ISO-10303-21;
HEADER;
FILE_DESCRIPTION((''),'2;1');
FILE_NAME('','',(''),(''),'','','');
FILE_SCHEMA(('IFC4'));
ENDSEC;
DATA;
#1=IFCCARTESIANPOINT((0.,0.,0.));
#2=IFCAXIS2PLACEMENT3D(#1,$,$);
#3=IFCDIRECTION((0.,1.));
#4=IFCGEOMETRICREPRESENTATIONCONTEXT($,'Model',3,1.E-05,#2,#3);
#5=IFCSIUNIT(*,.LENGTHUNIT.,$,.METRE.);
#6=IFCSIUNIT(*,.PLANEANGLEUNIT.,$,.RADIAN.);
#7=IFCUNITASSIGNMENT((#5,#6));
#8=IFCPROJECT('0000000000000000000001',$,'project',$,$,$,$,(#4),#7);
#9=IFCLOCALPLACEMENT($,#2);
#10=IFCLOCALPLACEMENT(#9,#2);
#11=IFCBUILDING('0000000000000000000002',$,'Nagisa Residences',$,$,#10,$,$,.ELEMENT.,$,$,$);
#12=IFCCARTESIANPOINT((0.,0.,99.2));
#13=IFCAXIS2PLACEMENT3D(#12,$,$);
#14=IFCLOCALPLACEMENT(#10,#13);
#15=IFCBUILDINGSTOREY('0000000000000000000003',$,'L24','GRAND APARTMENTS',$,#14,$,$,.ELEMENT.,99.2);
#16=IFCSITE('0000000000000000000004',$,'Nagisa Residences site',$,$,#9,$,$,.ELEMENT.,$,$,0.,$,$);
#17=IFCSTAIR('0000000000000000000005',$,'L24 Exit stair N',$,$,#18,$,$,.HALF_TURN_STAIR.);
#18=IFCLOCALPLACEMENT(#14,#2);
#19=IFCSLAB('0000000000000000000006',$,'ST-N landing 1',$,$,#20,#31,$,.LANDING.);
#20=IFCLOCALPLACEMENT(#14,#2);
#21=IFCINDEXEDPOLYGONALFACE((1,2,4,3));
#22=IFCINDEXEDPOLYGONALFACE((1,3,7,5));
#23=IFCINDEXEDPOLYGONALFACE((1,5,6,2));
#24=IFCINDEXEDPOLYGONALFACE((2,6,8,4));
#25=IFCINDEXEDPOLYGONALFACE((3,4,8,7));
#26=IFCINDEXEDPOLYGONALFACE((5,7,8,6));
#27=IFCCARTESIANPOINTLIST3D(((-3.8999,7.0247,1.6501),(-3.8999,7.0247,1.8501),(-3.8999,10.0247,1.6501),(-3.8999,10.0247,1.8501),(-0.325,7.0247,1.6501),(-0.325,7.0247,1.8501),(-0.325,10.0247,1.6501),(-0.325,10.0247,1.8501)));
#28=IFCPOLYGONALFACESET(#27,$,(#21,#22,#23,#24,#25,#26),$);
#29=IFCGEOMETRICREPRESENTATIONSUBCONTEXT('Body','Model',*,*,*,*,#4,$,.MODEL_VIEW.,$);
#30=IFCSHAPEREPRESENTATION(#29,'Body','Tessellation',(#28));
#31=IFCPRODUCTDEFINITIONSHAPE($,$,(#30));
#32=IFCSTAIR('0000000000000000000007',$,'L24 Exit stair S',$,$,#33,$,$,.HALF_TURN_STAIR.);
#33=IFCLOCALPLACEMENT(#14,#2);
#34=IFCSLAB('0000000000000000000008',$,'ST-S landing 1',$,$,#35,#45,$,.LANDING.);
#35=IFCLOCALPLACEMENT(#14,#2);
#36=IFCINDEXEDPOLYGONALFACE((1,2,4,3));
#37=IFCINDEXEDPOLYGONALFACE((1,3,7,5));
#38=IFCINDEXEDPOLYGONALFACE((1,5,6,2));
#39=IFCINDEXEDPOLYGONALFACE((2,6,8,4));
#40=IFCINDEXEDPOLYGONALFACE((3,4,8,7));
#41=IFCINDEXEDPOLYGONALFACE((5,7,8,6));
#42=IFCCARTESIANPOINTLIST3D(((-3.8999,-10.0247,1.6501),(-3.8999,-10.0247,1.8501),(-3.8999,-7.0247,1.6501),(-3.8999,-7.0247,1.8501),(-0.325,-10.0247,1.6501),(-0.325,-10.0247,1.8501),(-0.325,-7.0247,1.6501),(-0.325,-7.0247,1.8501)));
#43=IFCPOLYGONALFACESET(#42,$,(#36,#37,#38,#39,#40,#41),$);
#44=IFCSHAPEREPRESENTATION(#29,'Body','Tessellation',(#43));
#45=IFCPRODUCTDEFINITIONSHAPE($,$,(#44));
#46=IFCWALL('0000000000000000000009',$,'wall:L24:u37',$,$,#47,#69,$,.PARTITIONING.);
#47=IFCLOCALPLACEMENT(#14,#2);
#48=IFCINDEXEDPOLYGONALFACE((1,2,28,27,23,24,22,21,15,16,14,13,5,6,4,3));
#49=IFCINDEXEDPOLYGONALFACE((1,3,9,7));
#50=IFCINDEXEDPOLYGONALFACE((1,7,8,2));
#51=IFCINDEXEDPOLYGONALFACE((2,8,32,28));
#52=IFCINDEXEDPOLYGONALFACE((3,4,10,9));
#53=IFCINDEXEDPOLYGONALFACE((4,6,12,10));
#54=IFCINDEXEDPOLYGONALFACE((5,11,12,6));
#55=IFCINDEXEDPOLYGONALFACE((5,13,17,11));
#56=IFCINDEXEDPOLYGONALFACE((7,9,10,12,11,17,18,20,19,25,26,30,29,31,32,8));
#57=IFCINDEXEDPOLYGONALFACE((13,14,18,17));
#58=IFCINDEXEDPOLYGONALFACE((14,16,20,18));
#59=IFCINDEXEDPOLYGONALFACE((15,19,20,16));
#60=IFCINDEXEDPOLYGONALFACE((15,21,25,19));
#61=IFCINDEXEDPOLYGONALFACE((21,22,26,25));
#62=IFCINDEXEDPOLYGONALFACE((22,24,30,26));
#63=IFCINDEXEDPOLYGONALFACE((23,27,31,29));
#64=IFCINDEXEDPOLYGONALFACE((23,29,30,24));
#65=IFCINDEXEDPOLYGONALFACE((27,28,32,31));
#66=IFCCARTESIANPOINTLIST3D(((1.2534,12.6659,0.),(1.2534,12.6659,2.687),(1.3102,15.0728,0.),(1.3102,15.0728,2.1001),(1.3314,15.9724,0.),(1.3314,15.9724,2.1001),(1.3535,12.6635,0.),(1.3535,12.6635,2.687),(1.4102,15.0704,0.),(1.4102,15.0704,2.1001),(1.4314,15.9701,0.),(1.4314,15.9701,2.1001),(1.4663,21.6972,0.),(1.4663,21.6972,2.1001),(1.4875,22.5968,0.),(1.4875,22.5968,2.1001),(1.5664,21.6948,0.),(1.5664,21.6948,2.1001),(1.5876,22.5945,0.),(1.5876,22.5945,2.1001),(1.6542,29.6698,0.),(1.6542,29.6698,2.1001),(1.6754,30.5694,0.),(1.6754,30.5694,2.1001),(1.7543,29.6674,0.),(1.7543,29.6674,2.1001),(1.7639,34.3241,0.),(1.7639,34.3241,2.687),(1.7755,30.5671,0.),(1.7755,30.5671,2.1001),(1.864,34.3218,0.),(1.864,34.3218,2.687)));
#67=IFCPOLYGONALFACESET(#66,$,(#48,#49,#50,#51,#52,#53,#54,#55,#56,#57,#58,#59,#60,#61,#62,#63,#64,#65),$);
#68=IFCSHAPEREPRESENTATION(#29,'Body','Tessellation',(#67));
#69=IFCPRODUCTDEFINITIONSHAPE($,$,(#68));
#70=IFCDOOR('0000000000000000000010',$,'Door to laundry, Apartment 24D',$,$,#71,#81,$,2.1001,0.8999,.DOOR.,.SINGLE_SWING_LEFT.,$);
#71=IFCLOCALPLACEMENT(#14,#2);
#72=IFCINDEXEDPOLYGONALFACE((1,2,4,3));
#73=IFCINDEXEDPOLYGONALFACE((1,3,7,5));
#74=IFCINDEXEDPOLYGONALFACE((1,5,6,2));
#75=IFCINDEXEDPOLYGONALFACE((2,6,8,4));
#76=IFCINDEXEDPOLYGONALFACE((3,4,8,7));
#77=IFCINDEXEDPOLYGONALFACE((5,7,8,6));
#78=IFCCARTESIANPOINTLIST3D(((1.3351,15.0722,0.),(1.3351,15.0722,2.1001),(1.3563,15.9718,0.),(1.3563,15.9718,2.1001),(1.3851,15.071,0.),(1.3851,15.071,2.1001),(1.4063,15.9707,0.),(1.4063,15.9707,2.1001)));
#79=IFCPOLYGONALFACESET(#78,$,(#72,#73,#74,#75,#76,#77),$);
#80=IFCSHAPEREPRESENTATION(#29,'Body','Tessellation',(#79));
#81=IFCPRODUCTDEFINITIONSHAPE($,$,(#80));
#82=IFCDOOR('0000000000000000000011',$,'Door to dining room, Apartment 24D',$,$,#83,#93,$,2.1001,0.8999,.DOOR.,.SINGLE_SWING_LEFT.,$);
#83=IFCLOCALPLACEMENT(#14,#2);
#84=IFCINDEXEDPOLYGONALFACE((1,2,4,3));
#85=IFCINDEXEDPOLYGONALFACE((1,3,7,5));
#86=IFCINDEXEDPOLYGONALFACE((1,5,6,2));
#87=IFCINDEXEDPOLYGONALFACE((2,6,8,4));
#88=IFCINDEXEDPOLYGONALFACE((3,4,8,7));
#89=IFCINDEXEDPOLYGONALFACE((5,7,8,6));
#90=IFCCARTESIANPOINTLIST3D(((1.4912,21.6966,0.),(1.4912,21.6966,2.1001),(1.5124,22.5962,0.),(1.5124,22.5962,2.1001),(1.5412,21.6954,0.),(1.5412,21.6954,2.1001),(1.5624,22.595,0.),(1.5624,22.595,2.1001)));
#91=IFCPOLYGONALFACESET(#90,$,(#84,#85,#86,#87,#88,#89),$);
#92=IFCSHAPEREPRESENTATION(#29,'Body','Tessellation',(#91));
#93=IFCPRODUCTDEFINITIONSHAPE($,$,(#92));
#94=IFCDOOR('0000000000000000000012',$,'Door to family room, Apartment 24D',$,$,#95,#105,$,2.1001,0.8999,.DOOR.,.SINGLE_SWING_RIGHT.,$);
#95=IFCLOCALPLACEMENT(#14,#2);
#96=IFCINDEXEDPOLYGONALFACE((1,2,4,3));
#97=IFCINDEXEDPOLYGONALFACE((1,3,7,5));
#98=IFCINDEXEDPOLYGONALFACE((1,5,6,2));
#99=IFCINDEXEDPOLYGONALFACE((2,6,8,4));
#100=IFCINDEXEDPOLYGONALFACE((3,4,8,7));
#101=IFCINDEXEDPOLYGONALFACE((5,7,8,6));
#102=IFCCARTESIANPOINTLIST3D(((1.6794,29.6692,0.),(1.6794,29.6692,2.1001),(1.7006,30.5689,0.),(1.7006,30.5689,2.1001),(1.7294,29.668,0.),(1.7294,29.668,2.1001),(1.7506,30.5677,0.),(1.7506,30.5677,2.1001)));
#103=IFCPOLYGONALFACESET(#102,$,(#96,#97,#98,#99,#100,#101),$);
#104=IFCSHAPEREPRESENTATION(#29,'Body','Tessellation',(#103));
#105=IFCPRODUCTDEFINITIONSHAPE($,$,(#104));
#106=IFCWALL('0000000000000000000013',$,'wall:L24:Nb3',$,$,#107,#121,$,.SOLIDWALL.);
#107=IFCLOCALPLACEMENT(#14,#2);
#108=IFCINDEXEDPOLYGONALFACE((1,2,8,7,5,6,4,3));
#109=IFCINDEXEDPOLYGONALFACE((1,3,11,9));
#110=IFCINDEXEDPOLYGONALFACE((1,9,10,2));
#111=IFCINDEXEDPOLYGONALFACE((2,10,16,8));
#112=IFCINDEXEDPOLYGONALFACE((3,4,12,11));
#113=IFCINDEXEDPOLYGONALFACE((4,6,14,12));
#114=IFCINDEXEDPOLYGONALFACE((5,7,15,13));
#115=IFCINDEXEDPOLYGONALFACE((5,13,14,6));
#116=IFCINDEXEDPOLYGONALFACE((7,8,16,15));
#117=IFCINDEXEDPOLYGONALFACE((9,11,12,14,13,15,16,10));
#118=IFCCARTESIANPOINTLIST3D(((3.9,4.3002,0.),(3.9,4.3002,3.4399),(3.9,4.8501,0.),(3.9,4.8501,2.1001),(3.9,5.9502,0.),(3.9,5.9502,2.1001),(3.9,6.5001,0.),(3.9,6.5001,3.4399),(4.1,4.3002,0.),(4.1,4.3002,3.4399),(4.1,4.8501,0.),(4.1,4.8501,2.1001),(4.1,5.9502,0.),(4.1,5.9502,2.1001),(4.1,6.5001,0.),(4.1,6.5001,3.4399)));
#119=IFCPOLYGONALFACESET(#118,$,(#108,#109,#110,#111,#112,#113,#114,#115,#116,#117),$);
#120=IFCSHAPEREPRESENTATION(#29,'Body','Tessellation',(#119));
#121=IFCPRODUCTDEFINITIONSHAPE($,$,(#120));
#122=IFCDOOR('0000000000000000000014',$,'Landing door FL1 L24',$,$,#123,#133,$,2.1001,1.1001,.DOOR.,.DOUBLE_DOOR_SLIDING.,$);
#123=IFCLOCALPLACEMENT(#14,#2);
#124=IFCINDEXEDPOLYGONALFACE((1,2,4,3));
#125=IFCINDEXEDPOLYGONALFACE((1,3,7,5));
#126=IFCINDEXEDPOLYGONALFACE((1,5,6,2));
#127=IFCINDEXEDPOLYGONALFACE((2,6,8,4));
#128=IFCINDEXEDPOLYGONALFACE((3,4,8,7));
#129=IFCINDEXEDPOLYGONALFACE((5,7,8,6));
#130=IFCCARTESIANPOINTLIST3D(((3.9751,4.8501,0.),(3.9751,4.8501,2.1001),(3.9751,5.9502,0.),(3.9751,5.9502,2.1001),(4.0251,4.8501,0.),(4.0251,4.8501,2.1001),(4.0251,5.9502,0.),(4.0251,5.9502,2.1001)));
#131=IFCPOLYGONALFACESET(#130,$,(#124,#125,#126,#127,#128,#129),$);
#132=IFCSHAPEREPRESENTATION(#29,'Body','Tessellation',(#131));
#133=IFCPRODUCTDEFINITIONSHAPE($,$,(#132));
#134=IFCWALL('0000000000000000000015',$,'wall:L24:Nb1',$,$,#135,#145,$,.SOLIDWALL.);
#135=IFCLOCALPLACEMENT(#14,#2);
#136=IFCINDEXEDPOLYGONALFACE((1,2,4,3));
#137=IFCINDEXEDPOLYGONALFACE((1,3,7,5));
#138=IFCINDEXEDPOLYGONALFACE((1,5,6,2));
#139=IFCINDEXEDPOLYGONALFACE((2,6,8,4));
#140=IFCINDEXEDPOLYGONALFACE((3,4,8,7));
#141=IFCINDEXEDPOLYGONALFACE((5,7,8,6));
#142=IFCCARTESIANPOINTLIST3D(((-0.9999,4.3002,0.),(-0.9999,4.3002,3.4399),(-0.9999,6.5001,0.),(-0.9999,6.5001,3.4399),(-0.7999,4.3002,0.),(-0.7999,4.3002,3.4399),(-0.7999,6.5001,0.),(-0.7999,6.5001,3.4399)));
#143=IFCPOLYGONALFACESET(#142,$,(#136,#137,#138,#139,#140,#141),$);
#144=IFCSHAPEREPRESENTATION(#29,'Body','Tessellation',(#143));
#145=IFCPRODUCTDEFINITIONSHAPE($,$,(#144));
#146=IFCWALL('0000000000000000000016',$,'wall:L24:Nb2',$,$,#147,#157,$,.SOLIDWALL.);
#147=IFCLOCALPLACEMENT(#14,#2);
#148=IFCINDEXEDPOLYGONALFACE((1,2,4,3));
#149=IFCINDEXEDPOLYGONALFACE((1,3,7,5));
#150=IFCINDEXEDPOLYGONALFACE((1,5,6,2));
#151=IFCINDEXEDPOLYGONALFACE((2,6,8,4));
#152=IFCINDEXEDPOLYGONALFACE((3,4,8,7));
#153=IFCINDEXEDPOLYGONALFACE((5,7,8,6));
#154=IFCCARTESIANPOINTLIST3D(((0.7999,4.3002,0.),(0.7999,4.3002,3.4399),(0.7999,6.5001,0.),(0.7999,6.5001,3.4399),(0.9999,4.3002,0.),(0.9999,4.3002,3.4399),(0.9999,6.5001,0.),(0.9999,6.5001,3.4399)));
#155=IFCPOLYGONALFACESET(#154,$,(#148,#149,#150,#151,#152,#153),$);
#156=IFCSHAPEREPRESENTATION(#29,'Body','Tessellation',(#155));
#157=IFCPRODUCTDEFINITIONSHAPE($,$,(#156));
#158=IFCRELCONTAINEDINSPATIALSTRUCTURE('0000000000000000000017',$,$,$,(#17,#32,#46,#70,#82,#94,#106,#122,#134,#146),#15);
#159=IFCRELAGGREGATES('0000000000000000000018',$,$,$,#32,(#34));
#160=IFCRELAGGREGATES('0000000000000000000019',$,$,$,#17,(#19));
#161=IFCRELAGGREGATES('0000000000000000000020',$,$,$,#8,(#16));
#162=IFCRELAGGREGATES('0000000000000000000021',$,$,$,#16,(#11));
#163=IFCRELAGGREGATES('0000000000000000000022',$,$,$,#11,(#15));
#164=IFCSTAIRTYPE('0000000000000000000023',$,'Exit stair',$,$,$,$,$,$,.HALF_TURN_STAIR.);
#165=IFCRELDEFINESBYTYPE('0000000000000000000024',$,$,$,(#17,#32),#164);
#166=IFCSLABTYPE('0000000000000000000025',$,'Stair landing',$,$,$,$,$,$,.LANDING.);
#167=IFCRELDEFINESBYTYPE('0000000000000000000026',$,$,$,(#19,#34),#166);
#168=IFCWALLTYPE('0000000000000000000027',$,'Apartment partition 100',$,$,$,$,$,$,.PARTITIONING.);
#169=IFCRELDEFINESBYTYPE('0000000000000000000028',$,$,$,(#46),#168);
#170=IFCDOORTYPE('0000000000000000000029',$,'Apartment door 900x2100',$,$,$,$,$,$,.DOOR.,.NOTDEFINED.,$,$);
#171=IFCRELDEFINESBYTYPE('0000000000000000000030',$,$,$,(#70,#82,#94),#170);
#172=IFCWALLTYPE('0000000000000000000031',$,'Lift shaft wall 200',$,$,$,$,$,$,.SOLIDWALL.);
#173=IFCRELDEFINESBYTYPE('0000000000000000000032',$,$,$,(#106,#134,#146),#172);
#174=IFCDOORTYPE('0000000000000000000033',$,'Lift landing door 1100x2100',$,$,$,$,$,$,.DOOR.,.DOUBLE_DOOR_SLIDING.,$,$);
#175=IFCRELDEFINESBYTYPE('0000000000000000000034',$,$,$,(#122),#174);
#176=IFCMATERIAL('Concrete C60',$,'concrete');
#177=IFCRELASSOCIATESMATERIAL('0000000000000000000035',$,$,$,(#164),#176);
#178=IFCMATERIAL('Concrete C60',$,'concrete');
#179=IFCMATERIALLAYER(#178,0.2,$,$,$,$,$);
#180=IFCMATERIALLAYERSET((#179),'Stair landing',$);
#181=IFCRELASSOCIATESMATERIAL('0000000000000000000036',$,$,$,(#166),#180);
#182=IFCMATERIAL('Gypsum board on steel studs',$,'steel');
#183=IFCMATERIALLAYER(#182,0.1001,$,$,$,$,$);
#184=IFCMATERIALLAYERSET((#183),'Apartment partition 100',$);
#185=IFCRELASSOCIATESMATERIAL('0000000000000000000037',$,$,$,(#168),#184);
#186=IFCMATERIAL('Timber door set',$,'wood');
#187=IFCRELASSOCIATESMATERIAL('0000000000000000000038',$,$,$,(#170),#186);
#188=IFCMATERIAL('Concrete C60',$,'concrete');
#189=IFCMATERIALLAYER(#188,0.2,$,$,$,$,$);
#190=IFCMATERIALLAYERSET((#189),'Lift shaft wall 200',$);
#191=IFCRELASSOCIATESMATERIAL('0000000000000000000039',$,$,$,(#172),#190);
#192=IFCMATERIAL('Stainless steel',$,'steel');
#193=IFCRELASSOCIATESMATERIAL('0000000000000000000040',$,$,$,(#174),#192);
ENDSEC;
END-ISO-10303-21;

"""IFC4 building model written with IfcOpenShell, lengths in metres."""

from ifc_helpers import new_model, si_unit, direction, frame, frame_2d, origin, place, context, subcontext, project, spatial, polyline, rectangle, outline, extrude, material, layer, layer_set, type_object, element, fill, aggregate, save


model = new_model("IFC4")

# Units and contexts
model_context = context("Model", 3, precision=1e-05, world=origin(), true_north=direction((0.0, 1.0)))
body_context = subcontext(model_context, "Body", "Model", "MODEL_VIEW")
ifc_project = project(units=[si_unit("LENGTHUNIT", "METRE"), si_unit("PLANEANGLEUNIT", "RADIAN")], contexts=[model_context])

# Site, building, storey
site_placement = place(None, origin())
site = spatial("IfcSite", under=ifc_project, at=site_placement, Name="Nagisa Residences site", CompositionType="ELEMENT", RefElevation=0.0)
building_placement = place(site_placement, origin())
building = spatial("IfcBuilding", under=site, at=building_placement, Name="Nagisa Residences", CompositionType="ELEMENT")
storey_placement = place(building_placement, frame((0.0, 0.0, 99.2)))
storey = spatial("IfcBuildingStorey", under=building, at=storey_placement, Name="L24", Description="GRAND APARTMENTS", CompositionType="ELEMENT", Elevation=99.2)

# Stairs, slabs
ifc_material_1 = material(Name="Concrete C60", Category="concrete")
stair_type = type_object("IfcStairType", Name="Exit stair", PredefinedType="HALF_TURN_STAIR", material=ifc_material_1)
stair_1_placement = place(storey_placement, origin())
stair_1 = element("IfcStair", 1, at=stair_1_placement, inside=storey, type_object=stair_type, Name="L24 Exit stair N", PredefinedType="HALF_TURN_STAIR")
ifc_material_2 = material(Name="Concrete C60", Category="concrete")
ifc_layer_1 = layer(ifc_material_2, 0.2)
ifc_layer_set_1 = layer_set([ifc_layer_1], Name="Stair landing")
slab_type = type_object("IfcSlabType", Name="Stair landing", PredefinedType="LANDING", material=ifc_layer_set_1)
slab_1_placement = place(storey_placement, frame((0.0, 0.0, 1.6501)))
slab_1 = element("IfcSlab", 2, at=slab_1_placement, type_object=slab_type, Name="ST-N landing 1", PredefinedType="LANDING", context=body_context, shape_type="SweptSolid", body=[
    extrude(outline(polyline([(-0.325, 10.0247), (-3.8999, 10.0247), (-3.8999, 7.0247), (-0.325, 7.0247), (-0.325, 10.0247)])), origin(), (0.0, 0.0, 1.0), 0.2),
])
stair_2_placement = place(storey_placement, origin())
stair_2 = element("IfcStair", 3, at=stair_2_placement, inside=storey, type_object=stair_type, Name="L24 Exit stair S", PredefinedType="HALF_TURN_STAIR")
slab_2_placement = place(storey_placement, frame((0.0, 0.0, 1.6501)))
slab_2 = element("IfcSlab", 4, at=slab_2_placement, type_object=slab_type, Name="ST-S landing 1", PredefinedType="LANDING", context=body_context, shape_type="SweptSolid", body=[
    extrude(outline(polyline([(-0.325, -7.0247), (-3.8999, -7.0247), (-3.8999, -10.0247), (-0.325, -10.0247), (-0.325, -7.0247)])), origin(), (0.0, 0.0, 1.0), 0.2),
])
aggregate(stair_2, [slab_2])

# Wall, openings, doors
ifc_material_3 = material(Name="Gypsum board on steel studs", Category="steel")
ifc_layer_2 = layer(ifc_material_3, 0.1001)
ifc_layer_set_2 = layer_set([ifc_layer_2], Name="Apartment partition 100")
wall_type_1 = type_object("IfcWallType", Name="Apartment partition 100", PredefinedType="PARTITIONING", material=ifc_layer_set_2)
wall_1_placement = place(storey_placement, frame((1.3035, 12.6648, 0.0), z_axis=(0.0, 0.0, 1.0), x_axis=(0.023564, 0.999722, 0.0)))
wall_1 = element("IfcWall", 5, at=wall_1_placement, inside=storey, type_object=wall_type_1, Name="wall:L24:u37", PredefinedType="PARTITIONING", context=body_context, shape_type="SweptSolid", body=[
    extrude(rectangle(XDim=21.6643, YDim=0.1001, at=frame_2d((10.832, 0.0))), origin(), (0.0, 0.0, 1.0), 2.687),
])
opening_1_placement = place(wall_1_placement, frame((2.4075, 0.0, 0.0)))
opening_1 = element("IfcOpeningElement", 6, at=opening_1_placement, cuts=wall_1, PredefinedType="OPENING", context=body_context, shape_type="SweptSolid", body=[
    extrude(rectangle(XDim=0.8999, YDim=2.1001, at=frame_2d((0.45, 1.05))), frame((0.0, 0.0601, 0.0), z_axis=(0.0, -1.0, 0.0), x_axis=(1.0, 0.0, 0.0)), (0.0, 0.0, 1.0), 0.1201),
])
opening_2_placement = place(wall_1_placement, frame((9.0337, 0.0, 0.0)))
opening_2 = element("IfcOpeningElement", 7, at=opening_2_placement, cuts=wall_1, PredefinedType="OPENING", context=body_context, shape_type="SweptSolid", body=[
    extrude(rectangle(XDim=0.8999, YDim=2.1001, at=frame_2d((0.45, 1.05))), frame((0.0, 0.0601, 0.0), z_axis=(0.0, -1.0, 0.0), x_axis=(1.0, 0.0, 0.0)), (0.0, 0.0, 1.0), 0.1201),
])
opening_3_placement = place(wall_1_placement, frame((17.0085, 0.0, 0.0)))
opening_3 = element("IfcOpeningElement", 8, at=opening_3_placement, cuts=wall_1, PredefinedType="OPENING", context=body_context, shape_type="SweptSolid", body=[
    extrude(rectangle(XDim=0.8999, YDim=2.1001, at=frame_2d((0.45, 1.05))), frame((0.0, 0.0601, 0.0), z_axis=(0.0, -1.0, 0.0), x_axis=(1.0, 0.0, 0.0)), (0.0, 0.0, 1.0), 0.1201),
])
ifc_material_4 = material(Name="Timber door set", Category="wood")
door_type_1 = type_object("IfcDoorType", Name="Apartment door 900x2100", OperationType="NOTDEFINED", PredefinedType="DOOR", material=ifc_material_4)
door_1_placement = place(opening_1_placement, frame((0.8999, 0.0, 0.0), x_axis=(-1.0, 0.0, 0.0)))
door_1 = element("IfcDoor", 9, at=door_1_placement, inside=storey, type_object=door_type_1, Name="Door to laundry, Apartment 24D", OperationType="SINGLE_SWING_LEFT", OverallHeight=2.1001, OverallWidth=0.8999, PredefinedType="DOOR", context=body_context, shape_type="SweptSolid", body=[
    extrude(rectangle(XDim=0.8999, YDim=2.1001, at=frame_2d((0.45, 1.05))), frame((0.0, 0.0249, 0.0), z_axis=(0.0, -1.0, 0.0), x_axis=(1.0, 0.0, 0.0)), (0.0, 0.0, 1.0), 0.05),
])
fill(opening_1, door_1)
door_2_placement = place(opening_2_placement, frame((0.8999, 0.0, 0.0), x_axis=(-1.0, 0.0, 0.0)))
door_2 = element("IfcDoor", 10, at=door_2_placement, inside=storey, type_object=door_type_1, Name="Door to dining room, Apartment 24D", OperationType="SINGLE_SWING_LEFT", OverallHeight=2.1001, OverallWidth=0.8999, PredefinedType="DOOR", context=body_context, shape_type="SweptSolid", body=[
    extrude(rectangle(XDim=0.8999, YDim=2.1001, at=frame_2d((0.45, 1.05))), frame((0.0, 0.0249, 0.0), z_axis=(0.0, -1.0, 0.0), x_axis=(1.0, 0.0, 0.0)), (0.0, 0.0, 1.0), 0.05),
])
fill(opening_2, door_2)
door_3_placement = place(opening_3_placement, origin())
door_3 = element("IfcDoor", 11, at=door_3_placement, inside=storey, type_object=door_type_1, Name="Door to family room, Apartment 24D", OperationType="SINGLE_SWING_RIGHT", OverallHeight=2.1001, OverallWidth=0.8999, PredefinedType="DOOR", context=body_context, shape_type="SweptSolid", body=[
    extrude(rectangle(XDim=0.8999, YDim=2.1001, at=frame_2d((0.45, 1.05))), frame((0.0, 0.0249, 0.0), z_axis=(0.0, -1.0, 0.0), x_axis=(1.0, 0.0, 0.0)), (0.0, 0.0, 1.0), 0.05),
])
fill(opening_3, door_3)

# Wall, opening, door
ifc_material_5 = material(Name="Concrete C60", Category="concrete")
ifc_layer_3 = layer(ifc_material_5, 0.2)
ifc_layer_set_3 = layer_set([ifc_layer_3], Name="Lift shaft wall 200")
wall_type_2 = type_object("IfcWallType", Name="Lift shaft wall 200", PredefinedType="SOLIDWALL", material=ifc_layer_set_3)
wall_2_placement = place(storey_placement, frame((4.0, 4.3, 0.0), z_axis=(0.0, 0.0, 1.0), x_axis=(0.0, 1.0, 0.0)))
wall_2 = element("IfcWall", 12, at=wall_2_placement, inside=storey, type_object=wall_type_2, Name="wall:L24:Nb3", PredefinedType="SOLIDWALL", context=body_context, shape_type="SweptSolid", body=[
    extrude(rectangle(XDim=2.2, YDim=0.2, at=frame_2d((1.1001, 0.0))), origin(), (0.0, 0.0, 1.0), 3.4399),
])
opening_4_placement = place(wall_2_placement, frame((0.55, 0.0, 0.0)))
opening_4 = element("IfcOpeningElement", 13, at=opening_4_placement, cuts=wall_2, PredefinedType="OPENING", context=body_context, shape_type="SweptSolid", body=[
    extrude(rectangle(XDim=1.1001, YDim=2.1001, at=frame_2d((0.55, 1.05))), frame((0.0, 0.1099, 0.0), z_axis=(0.0, -1.0, 0.0), x_axis=(1.0, 0.0, 0.0)), (0.0, 0.0, 1.0), 0.22),
])
ifc_material_6 = material(Name="Stainless steel", Category="steel")
door_type_2 = type_object("IfcDoorType", Name="Lift landing door 1100x2100", OperationType="DOUBLE_DOOR_SLIDING", PredefinedType="DOOR", material=ifc_material_6)
door_4_placement = place(opening_4_placement, origin())
door_4 = element("IfcDoor", 14, at=door_4_placement, inside=storey, type_object=door_type_2, Name="Landing door FL1 L24", OperationType="DOUBLE_DOOR_SLIDING", OverallHeight=2.1001, OverallWidth=1.1001, PredefinedType="DOOR", context=body_context, shape_type="SweptSolid", body=[
    extrude(rectangle(XDim=1.1001, YDim=2.1001, at=frame_2d((0.55, 1.05))), frame((0.0, 0.0249, 0.0), z_axis=(0.0, -1.0, 0.0), x_axis=(1.0, 0.0, 0.0)), (0.0, 0.0, 1.0), 0.05),
])
fill(opening_4, door_4)

# Walls
for number, where, z_axis, x_axis, name in (
    (15, (-0.8999, 4.3, 0.0), (0.0, 0.0, 1.0), (0.0, 1.0, 0.0), "wall:L24:Nb1"),
    (16, (0.8999, 4.3, 0.0), (0.0, 0.0, 1.0), (0.0, 1.0, 0.0), "wall:L24:Nb2"),
):
    element("IfcWall", number, at=place(storey_placement, frame(where, z_axis=z_axis, x_axis=x_axis)), inside=storey, type_object=wall_type_2, Name=name, PredefinedType="SOLIDWALL", context=body_context, shape_type="SweptSolid", body=[
        extrude(rectangle(XDim=2.2, YDim=0.2, at=frame_2d((1.1001, 0.0))), origin(), (0.0, 0.0, 1.0), 3.4399),
    ])

aggregate(stair_1, [slab_1])

save(model, "model.ifc")
